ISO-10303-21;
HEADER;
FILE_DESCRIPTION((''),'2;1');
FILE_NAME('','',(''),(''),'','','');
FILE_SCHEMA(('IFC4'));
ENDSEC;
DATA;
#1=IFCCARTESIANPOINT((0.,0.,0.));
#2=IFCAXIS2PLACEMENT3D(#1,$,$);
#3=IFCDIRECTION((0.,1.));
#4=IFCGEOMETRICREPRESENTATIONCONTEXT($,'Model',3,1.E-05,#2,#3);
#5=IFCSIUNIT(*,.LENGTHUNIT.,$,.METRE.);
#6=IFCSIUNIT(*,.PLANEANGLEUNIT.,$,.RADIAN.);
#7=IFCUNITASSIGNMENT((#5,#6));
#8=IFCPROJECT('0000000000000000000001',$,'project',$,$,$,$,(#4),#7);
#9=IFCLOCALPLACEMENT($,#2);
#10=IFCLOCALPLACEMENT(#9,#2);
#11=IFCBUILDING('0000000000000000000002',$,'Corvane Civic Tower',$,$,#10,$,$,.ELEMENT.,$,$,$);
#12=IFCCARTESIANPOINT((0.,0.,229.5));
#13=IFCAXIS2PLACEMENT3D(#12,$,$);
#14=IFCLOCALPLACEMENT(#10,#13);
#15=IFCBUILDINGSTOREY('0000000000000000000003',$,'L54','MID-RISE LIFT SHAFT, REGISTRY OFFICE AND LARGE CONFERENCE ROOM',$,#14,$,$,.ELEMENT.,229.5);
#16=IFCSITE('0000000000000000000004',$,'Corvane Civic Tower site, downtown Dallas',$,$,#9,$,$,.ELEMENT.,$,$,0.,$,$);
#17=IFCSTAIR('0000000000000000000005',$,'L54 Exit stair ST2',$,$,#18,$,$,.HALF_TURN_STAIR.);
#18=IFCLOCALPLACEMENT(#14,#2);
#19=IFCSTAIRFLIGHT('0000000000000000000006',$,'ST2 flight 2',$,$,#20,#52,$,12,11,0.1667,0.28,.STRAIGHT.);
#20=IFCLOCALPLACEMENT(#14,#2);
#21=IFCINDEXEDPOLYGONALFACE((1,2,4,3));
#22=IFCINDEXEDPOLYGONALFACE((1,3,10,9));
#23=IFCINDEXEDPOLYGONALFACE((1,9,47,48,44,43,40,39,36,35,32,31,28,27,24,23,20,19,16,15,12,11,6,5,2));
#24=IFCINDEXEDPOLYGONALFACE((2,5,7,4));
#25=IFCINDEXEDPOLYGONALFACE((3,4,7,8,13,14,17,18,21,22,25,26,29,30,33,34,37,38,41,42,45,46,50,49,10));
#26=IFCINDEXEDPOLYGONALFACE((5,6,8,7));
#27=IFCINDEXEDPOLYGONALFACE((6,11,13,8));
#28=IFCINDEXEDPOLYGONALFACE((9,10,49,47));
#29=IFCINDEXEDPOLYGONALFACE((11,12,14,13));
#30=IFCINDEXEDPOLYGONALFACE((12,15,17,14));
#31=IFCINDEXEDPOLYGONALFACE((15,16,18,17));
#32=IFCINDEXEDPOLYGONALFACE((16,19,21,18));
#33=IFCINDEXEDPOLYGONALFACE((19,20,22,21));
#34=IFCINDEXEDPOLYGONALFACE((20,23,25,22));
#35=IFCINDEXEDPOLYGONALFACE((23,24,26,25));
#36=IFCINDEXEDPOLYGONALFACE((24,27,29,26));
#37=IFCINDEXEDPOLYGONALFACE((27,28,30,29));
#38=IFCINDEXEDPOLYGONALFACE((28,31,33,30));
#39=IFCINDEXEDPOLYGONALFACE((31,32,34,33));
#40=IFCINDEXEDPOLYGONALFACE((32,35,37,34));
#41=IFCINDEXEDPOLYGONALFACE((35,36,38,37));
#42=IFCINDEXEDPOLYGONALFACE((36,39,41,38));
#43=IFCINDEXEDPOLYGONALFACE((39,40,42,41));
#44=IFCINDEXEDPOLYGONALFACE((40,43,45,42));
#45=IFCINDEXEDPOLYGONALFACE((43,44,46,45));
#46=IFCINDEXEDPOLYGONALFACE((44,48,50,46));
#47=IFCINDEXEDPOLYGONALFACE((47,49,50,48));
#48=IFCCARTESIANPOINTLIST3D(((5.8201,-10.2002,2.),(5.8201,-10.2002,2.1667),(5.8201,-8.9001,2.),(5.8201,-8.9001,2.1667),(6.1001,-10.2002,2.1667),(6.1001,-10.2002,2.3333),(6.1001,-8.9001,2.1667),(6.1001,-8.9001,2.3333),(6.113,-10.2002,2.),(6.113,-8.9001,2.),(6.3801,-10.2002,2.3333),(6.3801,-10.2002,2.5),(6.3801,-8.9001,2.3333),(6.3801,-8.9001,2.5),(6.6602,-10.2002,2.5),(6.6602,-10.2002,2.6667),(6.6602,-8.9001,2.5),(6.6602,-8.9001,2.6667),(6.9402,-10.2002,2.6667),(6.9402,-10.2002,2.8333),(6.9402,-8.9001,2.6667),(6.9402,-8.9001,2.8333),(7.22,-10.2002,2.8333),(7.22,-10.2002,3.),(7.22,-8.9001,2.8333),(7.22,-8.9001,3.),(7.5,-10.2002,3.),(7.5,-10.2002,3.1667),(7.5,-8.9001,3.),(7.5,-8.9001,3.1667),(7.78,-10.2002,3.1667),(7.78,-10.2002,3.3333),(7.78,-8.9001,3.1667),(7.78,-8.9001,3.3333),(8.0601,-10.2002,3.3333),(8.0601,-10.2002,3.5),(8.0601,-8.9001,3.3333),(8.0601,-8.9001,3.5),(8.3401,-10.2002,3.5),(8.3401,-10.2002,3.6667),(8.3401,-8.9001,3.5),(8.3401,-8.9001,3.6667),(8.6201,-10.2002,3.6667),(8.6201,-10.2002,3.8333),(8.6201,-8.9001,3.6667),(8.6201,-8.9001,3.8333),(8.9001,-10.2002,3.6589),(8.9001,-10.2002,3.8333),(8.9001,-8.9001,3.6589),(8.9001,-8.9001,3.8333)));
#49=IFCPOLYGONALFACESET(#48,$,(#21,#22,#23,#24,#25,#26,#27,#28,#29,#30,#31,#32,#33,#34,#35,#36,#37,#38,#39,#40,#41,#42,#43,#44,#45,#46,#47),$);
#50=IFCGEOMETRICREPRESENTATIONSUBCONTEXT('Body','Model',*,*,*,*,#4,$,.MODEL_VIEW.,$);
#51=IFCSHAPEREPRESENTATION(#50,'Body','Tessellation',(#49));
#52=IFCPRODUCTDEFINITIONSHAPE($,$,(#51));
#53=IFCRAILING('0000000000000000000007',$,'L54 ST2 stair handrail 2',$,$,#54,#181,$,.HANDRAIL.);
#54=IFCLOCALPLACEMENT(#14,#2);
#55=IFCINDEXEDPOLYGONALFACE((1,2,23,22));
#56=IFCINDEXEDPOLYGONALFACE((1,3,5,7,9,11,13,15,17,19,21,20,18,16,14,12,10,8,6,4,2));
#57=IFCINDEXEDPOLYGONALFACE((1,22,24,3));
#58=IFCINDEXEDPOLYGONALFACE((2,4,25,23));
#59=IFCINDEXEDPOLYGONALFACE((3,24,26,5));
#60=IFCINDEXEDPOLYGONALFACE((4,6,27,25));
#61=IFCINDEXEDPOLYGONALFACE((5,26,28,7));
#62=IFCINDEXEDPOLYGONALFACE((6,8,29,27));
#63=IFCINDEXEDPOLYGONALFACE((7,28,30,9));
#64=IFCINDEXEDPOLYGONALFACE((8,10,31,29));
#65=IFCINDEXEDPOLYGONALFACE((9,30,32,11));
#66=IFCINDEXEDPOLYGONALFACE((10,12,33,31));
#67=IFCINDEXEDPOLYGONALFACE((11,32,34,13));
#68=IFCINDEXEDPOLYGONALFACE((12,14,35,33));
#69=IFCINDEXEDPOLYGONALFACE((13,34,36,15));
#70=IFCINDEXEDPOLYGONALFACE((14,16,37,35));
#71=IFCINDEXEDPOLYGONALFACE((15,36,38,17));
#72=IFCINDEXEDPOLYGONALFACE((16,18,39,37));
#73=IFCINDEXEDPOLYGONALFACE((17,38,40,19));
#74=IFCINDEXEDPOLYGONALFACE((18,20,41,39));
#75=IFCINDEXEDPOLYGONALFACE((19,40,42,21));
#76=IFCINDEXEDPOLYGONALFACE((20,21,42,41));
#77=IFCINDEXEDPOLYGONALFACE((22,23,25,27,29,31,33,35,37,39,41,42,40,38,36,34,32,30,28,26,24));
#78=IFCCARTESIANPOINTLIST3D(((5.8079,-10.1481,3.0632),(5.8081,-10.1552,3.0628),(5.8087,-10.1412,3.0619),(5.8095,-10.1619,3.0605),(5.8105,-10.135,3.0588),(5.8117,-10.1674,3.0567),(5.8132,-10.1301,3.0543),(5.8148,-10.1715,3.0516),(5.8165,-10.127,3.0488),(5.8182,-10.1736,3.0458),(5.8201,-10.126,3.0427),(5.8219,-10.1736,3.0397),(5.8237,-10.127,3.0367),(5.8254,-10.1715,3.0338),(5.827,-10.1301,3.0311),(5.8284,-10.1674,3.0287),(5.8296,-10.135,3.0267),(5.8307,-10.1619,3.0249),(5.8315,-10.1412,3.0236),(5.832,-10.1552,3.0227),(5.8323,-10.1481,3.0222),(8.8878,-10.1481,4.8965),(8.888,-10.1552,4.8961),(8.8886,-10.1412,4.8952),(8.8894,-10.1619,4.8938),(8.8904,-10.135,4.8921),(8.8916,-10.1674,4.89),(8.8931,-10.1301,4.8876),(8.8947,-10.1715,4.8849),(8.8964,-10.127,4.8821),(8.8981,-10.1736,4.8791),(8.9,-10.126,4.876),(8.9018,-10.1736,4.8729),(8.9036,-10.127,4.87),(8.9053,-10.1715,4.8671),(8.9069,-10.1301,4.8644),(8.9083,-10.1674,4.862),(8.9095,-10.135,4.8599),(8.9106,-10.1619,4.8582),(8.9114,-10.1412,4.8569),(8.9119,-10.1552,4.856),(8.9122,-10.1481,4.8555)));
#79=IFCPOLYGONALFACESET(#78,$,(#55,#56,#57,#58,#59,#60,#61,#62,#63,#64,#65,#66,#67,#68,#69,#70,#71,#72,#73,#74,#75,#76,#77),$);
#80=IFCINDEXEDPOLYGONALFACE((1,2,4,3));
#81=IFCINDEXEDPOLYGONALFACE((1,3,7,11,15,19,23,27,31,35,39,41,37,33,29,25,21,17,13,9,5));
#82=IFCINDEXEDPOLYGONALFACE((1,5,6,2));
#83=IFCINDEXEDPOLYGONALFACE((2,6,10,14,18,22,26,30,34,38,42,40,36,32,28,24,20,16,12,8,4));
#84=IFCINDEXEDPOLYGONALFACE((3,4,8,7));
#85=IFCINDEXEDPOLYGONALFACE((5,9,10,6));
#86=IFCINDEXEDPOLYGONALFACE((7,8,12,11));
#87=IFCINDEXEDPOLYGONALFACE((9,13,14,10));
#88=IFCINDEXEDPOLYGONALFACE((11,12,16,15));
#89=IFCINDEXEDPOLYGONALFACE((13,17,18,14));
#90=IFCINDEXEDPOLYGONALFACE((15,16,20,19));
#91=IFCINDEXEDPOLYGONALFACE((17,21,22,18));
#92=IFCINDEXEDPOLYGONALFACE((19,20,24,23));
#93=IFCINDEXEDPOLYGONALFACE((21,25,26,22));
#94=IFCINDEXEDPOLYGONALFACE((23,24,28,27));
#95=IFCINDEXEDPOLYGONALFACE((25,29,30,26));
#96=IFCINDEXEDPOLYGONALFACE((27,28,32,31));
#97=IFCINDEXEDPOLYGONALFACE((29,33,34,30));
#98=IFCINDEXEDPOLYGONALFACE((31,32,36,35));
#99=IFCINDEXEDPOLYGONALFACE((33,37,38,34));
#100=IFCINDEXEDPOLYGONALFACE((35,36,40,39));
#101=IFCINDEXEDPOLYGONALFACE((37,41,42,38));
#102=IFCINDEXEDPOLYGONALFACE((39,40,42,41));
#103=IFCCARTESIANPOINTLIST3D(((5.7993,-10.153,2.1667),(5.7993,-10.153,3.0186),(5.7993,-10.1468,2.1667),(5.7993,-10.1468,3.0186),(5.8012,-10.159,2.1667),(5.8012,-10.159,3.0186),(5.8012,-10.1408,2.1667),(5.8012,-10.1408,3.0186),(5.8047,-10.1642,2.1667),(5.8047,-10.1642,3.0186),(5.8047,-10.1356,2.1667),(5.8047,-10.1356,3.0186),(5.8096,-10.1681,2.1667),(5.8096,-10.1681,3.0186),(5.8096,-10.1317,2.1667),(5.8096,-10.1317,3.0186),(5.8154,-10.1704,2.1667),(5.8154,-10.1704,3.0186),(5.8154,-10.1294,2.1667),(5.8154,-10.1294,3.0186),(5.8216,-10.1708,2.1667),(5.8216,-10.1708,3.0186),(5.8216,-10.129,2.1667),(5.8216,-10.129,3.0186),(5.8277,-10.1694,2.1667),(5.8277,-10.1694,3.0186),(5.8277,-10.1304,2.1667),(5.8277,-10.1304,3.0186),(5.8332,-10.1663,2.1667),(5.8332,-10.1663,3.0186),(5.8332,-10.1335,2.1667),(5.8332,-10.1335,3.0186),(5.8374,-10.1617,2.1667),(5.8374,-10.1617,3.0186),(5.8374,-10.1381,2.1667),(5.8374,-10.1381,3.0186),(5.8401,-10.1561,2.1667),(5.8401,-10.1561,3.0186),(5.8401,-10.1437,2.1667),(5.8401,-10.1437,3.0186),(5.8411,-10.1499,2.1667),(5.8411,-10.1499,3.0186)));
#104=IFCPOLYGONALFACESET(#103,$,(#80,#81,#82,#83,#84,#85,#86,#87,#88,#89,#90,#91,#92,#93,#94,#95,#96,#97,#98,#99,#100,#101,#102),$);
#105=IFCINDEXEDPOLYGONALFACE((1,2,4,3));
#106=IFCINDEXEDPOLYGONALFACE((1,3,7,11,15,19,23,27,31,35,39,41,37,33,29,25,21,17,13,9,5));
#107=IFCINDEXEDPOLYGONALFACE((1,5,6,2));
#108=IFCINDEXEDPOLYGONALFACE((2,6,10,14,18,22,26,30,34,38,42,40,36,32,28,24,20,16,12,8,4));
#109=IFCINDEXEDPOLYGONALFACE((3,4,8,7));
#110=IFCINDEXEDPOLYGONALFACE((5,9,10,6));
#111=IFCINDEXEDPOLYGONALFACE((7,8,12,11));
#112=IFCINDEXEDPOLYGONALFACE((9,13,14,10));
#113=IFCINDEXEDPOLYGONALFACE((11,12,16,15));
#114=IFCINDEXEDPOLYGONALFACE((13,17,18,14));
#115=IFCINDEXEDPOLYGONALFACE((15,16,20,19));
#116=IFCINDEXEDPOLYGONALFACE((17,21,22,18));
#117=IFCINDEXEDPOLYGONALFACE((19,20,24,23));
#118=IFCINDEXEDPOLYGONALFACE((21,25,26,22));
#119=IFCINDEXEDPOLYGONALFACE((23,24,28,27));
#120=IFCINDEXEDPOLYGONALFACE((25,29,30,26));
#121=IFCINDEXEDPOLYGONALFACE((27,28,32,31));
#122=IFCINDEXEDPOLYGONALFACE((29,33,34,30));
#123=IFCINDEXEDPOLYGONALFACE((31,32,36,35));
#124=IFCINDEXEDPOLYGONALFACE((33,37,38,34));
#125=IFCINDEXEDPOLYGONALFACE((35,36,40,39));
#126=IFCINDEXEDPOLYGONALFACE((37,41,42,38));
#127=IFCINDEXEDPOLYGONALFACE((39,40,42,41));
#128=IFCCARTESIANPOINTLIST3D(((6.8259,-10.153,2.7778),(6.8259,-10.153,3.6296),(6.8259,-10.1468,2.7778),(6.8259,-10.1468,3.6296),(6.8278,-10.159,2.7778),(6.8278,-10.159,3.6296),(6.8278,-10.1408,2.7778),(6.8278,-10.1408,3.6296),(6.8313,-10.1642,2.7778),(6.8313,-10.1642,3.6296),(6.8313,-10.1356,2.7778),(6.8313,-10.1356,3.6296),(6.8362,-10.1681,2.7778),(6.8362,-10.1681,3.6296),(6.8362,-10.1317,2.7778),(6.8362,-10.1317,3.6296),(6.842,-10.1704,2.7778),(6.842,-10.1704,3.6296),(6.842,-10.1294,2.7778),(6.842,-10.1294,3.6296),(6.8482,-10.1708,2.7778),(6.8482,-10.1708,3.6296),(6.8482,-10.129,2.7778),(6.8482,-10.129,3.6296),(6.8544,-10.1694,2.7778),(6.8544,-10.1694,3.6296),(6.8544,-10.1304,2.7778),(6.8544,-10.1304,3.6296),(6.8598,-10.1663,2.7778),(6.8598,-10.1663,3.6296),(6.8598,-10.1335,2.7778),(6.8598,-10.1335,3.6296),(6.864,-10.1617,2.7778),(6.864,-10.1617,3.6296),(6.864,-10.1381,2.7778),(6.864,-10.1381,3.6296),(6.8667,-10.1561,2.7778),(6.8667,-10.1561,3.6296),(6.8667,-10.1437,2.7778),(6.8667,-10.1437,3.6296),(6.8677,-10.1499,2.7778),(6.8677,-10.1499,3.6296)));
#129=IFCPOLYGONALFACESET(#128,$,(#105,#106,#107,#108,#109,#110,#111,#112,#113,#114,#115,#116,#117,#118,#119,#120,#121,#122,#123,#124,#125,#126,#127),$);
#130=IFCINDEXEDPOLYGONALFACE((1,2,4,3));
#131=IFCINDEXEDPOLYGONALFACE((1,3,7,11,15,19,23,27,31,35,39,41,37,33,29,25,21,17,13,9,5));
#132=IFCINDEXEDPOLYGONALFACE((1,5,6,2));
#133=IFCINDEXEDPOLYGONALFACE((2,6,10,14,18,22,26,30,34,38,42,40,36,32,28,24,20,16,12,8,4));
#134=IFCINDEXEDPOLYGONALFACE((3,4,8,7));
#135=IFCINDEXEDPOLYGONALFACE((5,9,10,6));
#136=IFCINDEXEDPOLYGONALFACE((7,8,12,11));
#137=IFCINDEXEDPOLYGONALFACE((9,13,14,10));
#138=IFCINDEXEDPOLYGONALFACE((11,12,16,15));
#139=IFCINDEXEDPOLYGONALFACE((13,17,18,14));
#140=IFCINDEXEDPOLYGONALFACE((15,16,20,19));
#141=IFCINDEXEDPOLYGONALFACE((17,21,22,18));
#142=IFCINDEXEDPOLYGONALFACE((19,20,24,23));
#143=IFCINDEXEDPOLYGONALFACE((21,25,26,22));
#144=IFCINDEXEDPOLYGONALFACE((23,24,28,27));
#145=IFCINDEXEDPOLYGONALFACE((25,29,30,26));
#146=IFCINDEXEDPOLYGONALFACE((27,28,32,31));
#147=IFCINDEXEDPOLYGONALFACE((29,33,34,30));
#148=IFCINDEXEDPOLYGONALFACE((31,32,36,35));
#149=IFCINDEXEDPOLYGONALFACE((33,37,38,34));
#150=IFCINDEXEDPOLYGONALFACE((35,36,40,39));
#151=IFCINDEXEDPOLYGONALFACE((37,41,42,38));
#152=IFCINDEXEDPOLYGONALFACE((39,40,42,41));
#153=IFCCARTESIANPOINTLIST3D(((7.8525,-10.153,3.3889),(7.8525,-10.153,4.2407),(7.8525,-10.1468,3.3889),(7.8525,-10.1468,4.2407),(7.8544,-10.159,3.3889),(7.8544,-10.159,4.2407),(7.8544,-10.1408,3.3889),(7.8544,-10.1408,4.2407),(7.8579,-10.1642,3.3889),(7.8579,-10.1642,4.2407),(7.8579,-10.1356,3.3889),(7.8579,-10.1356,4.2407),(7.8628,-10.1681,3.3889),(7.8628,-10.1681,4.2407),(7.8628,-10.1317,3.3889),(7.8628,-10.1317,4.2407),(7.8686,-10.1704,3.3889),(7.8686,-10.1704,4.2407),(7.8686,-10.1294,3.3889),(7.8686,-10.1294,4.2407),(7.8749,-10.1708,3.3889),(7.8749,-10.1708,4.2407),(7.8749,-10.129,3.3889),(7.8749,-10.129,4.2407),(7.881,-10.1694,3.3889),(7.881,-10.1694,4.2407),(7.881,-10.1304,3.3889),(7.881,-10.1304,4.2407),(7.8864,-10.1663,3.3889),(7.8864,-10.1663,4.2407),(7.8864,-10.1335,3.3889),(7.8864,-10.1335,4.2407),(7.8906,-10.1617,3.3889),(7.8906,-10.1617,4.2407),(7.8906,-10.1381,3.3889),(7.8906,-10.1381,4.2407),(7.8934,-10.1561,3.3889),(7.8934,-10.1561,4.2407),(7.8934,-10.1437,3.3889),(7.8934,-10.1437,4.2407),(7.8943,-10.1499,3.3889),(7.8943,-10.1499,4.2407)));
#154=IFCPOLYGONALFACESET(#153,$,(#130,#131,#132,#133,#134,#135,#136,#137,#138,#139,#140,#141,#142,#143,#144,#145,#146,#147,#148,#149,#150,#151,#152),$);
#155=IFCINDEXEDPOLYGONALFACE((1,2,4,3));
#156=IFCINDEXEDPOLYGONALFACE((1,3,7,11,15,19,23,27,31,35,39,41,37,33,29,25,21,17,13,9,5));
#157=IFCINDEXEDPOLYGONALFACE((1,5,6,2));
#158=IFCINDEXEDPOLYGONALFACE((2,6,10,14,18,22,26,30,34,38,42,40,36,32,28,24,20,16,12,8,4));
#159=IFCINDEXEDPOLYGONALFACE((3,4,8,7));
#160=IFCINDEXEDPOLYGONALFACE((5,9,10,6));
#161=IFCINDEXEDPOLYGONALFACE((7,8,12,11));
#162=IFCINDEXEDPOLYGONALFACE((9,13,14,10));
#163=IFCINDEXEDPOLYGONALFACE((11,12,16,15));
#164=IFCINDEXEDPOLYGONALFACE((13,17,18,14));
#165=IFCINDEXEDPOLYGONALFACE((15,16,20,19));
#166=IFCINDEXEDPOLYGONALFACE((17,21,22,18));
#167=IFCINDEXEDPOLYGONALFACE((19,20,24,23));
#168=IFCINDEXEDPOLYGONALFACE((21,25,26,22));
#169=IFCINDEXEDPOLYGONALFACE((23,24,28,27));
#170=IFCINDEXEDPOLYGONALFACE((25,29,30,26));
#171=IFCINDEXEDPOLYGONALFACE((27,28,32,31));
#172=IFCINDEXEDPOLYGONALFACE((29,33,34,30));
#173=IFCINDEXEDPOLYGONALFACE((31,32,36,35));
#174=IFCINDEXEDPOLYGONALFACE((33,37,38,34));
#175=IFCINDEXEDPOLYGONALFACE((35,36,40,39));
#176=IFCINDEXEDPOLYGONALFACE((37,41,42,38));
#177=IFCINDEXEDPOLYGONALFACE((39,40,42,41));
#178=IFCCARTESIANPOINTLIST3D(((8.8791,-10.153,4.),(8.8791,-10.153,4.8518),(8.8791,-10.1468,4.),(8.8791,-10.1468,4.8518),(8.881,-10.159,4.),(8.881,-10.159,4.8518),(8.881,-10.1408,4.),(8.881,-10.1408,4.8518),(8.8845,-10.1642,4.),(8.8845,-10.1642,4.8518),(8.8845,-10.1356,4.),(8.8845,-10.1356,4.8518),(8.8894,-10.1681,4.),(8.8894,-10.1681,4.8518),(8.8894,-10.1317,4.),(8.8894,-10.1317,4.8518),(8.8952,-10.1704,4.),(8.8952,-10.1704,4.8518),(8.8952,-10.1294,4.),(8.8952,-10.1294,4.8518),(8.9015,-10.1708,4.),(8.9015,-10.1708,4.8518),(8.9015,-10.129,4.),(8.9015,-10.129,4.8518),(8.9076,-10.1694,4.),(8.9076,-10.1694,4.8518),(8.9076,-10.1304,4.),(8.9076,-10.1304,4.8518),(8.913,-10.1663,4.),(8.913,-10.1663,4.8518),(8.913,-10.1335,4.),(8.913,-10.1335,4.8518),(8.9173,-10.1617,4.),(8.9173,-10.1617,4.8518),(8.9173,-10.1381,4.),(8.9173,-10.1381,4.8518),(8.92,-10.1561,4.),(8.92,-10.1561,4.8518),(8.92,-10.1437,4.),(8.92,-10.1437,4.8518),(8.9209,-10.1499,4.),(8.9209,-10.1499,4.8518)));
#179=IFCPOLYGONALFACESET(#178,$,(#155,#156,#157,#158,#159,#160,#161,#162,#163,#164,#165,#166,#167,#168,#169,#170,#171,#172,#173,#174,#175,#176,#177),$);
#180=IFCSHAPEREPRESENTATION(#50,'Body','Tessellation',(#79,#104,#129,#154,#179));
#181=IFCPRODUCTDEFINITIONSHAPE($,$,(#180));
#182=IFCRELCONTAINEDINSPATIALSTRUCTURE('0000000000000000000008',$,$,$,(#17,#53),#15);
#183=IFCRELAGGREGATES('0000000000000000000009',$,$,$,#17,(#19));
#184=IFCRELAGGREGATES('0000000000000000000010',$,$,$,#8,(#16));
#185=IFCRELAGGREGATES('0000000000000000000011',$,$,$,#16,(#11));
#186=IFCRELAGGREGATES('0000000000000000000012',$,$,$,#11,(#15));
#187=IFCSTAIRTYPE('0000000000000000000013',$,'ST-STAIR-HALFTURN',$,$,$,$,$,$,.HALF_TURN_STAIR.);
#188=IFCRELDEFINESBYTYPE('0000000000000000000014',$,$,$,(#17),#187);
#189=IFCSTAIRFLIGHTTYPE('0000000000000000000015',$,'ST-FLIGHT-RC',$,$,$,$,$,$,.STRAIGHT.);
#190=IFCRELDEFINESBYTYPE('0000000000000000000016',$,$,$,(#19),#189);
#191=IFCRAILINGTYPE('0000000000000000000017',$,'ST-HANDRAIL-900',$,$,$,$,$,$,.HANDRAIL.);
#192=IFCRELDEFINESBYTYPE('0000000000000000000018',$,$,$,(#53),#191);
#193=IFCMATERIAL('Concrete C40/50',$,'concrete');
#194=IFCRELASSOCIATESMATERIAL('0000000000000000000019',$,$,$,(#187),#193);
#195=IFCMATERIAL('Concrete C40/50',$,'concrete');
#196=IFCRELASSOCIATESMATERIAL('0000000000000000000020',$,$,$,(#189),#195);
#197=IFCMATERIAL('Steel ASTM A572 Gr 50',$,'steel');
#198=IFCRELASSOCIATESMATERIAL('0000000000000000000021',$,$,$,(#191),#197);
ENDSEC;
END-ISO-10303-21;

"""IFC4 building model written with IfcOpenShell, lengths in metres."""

from ifc_helpers import new_model, si_unit, direction, frame, origin, origin_2d, place, context, subcontext, project, spatial, polyline, circle, outline, extrude, material, type_object, element, aggregate, save


model = new_model("IFC4")

# Units and contexts
model_context = context("Model", 3, precision=1e-05, world=origin(), true_north=direction((0.0, 1.0)))
body_context = subcontext(model_context, "Body", "Model", "MODEL_VIEW")
ifc_project = project(units=[si_unit("LENGTHUNIT", "METRE"), si_unit("PLANEANGLEUNIT", "RADIAN")], contexts=[model_context])

# Site, building, storey
site_placement = place(None, origin())
site = spatial("IfcSite", under=ifc_project, at=site_placement, Name="Corvane Civic Tower site, downtown Dallas", CompositionType="ELEMENT", RefElevation=0.0)
building_placement = place(site_placement, origin())
building = spatial("IfcBuilding", under=site, at=building_placement, Name="Corvane Civic Tower", CompositionType="ELEMENT")
storey_placement = place(building_placement, frame((0.0, 0.0, 229.5)))
storey = spatial("IfcBuildingStorey", under=building, at=storey_placement, Name="L54", Description="MID-RISE LIFT SHAFT, REGISTRY OFFICE AND LARGE CONFERENCE ROOM", CompositionType="ELEMENT", Elevation=229.5)

# Stair, stair flight
ifc_material_1 = material(Name="Concrete C40/50", Category="concrete")
stair_type = type_object("IfcStairType", Name="ST-STAIR-HALFTURN", PredefinedType="HALF_TURN_STAIR", material=ifc_material_1)
stair_placement = place(storey_placement, origin())
stair = element("IfcStair", 1, at=stair_placement, inside=storey, type_object=stair_type, Name="L54 Exit stair ST2", PredefinedType="HALF_TURN_STAIR")
ifc_material_2 = material(Name="Concrete C40/50", Category="concrete")
stair_flight_type = type_object("IfcStairFlightType", Name="ST-FLIGHT-RC", PredefinedType="STRAIGHT", material=ifc_material_2)
stair_flight_placement = place(storey_placement, frame((5.8201, -9.55, 2.0), z_axis=(0.0, 0.0, 1.0), x_axis=(1.0, 0.0, 0.0)))
stair_flight = element("IfcStairFlight", 2, at=stair_flight_placement, type_object=stair_flight_type, Name="ST2 flight 2", NumberOfRisers=12, NumberOfTreads=11, PredefinedType="STRAIGHT", RiserHeight=0.1667, TreadLength=0.28, context=body_context, shape_type="SweptSolid", body=[
    extrude(outline(polyline([(0.0, 0.0), (0.0, 0.1667), (0.28, 0.1667), (0.28, 0.3333), (0.5601, 0.3333), (0.5601, 0.5), (0.8401, 0.5), (0.8401, 0.6667), (1.1201, 0.6667), (1.1201, 0.8333), (1.3999, 0.8333), (1.3999, 1.0), (1.6799, 1.0), (1.6799, 1.1667), (1.96, 1.1667), (1.96, 1.3333), (2.24, 1.3333), (2.24, 1.5), (2.52, 1.5), (2.52, 1.6667), (2.8, 1.6667), (2.8, 1.8333), (3.0801, 1.8333), (3.0801, 2.0), (3.0801, 1.6589), (0.293, 0.0), (0.0, 0.0)])), frame((0.0, 0.6499, 0.0), z_axis=(0.0, -1.0, 0.0), x_axis=(1.0, 0.0, 0.0)), (0.0, 0.0, 1.0), 1.3),
])
aggregate(stair, [stair_flight])

# Railing
ifc_material_3 = material(Name="Steel ASTM A572 Gr 50", Category="steel")
railing_type_1 = type_object("IfcRailingType", Name="ST-HANDRAIL-900", PredefinedType="HANDRAIL", material=ifc_material_3)
railing_1_placement = place(storey_placement, frame((5.8201, -10.1499, 2.1667)))
element("IfcRailing", 3, at=railing_1_placement, inside=storey, type_object=railing_type_1, Name="L54 ST2 stair handrail 2", PredefinedType="HANDRAIL", context=body_context, shape_type="SweptSolid", body=[
    extrude(circle(Radius=0.0239, at=origin_2d()), frame((0.0, 0.0, 0.876), z_axis=(0.859291, 0.0, 0.511487), x_axis=(0.0, 1.0, 0.0)), (0.0, 0.0, 1.0), 3.5842),
    extrude(circle(Radius=0.021, at=origin_2d()), origin(), (0.0, 0.0, 1.0), 0.8518),
    extrude(circle(Radius=0.021, at=origin_2d()), frame((1.0266, 0.0, 0.6111)), (0.0, 0.0, 1.0), 0.8518),
    extrude(circle(Radius=0.021, at=origin_2d()), frame((2.0532, 0.0, 1.2222)), (0.0, 0.0, 1.0), 0.8518),
    extrude(circle(Radius=0.021, at=origin_2d()), frame((3.0798, 0.0, 1.8333)), (0.0, 0.0, 1.0), 0.8518),
])

save(model, "model.ifc")
